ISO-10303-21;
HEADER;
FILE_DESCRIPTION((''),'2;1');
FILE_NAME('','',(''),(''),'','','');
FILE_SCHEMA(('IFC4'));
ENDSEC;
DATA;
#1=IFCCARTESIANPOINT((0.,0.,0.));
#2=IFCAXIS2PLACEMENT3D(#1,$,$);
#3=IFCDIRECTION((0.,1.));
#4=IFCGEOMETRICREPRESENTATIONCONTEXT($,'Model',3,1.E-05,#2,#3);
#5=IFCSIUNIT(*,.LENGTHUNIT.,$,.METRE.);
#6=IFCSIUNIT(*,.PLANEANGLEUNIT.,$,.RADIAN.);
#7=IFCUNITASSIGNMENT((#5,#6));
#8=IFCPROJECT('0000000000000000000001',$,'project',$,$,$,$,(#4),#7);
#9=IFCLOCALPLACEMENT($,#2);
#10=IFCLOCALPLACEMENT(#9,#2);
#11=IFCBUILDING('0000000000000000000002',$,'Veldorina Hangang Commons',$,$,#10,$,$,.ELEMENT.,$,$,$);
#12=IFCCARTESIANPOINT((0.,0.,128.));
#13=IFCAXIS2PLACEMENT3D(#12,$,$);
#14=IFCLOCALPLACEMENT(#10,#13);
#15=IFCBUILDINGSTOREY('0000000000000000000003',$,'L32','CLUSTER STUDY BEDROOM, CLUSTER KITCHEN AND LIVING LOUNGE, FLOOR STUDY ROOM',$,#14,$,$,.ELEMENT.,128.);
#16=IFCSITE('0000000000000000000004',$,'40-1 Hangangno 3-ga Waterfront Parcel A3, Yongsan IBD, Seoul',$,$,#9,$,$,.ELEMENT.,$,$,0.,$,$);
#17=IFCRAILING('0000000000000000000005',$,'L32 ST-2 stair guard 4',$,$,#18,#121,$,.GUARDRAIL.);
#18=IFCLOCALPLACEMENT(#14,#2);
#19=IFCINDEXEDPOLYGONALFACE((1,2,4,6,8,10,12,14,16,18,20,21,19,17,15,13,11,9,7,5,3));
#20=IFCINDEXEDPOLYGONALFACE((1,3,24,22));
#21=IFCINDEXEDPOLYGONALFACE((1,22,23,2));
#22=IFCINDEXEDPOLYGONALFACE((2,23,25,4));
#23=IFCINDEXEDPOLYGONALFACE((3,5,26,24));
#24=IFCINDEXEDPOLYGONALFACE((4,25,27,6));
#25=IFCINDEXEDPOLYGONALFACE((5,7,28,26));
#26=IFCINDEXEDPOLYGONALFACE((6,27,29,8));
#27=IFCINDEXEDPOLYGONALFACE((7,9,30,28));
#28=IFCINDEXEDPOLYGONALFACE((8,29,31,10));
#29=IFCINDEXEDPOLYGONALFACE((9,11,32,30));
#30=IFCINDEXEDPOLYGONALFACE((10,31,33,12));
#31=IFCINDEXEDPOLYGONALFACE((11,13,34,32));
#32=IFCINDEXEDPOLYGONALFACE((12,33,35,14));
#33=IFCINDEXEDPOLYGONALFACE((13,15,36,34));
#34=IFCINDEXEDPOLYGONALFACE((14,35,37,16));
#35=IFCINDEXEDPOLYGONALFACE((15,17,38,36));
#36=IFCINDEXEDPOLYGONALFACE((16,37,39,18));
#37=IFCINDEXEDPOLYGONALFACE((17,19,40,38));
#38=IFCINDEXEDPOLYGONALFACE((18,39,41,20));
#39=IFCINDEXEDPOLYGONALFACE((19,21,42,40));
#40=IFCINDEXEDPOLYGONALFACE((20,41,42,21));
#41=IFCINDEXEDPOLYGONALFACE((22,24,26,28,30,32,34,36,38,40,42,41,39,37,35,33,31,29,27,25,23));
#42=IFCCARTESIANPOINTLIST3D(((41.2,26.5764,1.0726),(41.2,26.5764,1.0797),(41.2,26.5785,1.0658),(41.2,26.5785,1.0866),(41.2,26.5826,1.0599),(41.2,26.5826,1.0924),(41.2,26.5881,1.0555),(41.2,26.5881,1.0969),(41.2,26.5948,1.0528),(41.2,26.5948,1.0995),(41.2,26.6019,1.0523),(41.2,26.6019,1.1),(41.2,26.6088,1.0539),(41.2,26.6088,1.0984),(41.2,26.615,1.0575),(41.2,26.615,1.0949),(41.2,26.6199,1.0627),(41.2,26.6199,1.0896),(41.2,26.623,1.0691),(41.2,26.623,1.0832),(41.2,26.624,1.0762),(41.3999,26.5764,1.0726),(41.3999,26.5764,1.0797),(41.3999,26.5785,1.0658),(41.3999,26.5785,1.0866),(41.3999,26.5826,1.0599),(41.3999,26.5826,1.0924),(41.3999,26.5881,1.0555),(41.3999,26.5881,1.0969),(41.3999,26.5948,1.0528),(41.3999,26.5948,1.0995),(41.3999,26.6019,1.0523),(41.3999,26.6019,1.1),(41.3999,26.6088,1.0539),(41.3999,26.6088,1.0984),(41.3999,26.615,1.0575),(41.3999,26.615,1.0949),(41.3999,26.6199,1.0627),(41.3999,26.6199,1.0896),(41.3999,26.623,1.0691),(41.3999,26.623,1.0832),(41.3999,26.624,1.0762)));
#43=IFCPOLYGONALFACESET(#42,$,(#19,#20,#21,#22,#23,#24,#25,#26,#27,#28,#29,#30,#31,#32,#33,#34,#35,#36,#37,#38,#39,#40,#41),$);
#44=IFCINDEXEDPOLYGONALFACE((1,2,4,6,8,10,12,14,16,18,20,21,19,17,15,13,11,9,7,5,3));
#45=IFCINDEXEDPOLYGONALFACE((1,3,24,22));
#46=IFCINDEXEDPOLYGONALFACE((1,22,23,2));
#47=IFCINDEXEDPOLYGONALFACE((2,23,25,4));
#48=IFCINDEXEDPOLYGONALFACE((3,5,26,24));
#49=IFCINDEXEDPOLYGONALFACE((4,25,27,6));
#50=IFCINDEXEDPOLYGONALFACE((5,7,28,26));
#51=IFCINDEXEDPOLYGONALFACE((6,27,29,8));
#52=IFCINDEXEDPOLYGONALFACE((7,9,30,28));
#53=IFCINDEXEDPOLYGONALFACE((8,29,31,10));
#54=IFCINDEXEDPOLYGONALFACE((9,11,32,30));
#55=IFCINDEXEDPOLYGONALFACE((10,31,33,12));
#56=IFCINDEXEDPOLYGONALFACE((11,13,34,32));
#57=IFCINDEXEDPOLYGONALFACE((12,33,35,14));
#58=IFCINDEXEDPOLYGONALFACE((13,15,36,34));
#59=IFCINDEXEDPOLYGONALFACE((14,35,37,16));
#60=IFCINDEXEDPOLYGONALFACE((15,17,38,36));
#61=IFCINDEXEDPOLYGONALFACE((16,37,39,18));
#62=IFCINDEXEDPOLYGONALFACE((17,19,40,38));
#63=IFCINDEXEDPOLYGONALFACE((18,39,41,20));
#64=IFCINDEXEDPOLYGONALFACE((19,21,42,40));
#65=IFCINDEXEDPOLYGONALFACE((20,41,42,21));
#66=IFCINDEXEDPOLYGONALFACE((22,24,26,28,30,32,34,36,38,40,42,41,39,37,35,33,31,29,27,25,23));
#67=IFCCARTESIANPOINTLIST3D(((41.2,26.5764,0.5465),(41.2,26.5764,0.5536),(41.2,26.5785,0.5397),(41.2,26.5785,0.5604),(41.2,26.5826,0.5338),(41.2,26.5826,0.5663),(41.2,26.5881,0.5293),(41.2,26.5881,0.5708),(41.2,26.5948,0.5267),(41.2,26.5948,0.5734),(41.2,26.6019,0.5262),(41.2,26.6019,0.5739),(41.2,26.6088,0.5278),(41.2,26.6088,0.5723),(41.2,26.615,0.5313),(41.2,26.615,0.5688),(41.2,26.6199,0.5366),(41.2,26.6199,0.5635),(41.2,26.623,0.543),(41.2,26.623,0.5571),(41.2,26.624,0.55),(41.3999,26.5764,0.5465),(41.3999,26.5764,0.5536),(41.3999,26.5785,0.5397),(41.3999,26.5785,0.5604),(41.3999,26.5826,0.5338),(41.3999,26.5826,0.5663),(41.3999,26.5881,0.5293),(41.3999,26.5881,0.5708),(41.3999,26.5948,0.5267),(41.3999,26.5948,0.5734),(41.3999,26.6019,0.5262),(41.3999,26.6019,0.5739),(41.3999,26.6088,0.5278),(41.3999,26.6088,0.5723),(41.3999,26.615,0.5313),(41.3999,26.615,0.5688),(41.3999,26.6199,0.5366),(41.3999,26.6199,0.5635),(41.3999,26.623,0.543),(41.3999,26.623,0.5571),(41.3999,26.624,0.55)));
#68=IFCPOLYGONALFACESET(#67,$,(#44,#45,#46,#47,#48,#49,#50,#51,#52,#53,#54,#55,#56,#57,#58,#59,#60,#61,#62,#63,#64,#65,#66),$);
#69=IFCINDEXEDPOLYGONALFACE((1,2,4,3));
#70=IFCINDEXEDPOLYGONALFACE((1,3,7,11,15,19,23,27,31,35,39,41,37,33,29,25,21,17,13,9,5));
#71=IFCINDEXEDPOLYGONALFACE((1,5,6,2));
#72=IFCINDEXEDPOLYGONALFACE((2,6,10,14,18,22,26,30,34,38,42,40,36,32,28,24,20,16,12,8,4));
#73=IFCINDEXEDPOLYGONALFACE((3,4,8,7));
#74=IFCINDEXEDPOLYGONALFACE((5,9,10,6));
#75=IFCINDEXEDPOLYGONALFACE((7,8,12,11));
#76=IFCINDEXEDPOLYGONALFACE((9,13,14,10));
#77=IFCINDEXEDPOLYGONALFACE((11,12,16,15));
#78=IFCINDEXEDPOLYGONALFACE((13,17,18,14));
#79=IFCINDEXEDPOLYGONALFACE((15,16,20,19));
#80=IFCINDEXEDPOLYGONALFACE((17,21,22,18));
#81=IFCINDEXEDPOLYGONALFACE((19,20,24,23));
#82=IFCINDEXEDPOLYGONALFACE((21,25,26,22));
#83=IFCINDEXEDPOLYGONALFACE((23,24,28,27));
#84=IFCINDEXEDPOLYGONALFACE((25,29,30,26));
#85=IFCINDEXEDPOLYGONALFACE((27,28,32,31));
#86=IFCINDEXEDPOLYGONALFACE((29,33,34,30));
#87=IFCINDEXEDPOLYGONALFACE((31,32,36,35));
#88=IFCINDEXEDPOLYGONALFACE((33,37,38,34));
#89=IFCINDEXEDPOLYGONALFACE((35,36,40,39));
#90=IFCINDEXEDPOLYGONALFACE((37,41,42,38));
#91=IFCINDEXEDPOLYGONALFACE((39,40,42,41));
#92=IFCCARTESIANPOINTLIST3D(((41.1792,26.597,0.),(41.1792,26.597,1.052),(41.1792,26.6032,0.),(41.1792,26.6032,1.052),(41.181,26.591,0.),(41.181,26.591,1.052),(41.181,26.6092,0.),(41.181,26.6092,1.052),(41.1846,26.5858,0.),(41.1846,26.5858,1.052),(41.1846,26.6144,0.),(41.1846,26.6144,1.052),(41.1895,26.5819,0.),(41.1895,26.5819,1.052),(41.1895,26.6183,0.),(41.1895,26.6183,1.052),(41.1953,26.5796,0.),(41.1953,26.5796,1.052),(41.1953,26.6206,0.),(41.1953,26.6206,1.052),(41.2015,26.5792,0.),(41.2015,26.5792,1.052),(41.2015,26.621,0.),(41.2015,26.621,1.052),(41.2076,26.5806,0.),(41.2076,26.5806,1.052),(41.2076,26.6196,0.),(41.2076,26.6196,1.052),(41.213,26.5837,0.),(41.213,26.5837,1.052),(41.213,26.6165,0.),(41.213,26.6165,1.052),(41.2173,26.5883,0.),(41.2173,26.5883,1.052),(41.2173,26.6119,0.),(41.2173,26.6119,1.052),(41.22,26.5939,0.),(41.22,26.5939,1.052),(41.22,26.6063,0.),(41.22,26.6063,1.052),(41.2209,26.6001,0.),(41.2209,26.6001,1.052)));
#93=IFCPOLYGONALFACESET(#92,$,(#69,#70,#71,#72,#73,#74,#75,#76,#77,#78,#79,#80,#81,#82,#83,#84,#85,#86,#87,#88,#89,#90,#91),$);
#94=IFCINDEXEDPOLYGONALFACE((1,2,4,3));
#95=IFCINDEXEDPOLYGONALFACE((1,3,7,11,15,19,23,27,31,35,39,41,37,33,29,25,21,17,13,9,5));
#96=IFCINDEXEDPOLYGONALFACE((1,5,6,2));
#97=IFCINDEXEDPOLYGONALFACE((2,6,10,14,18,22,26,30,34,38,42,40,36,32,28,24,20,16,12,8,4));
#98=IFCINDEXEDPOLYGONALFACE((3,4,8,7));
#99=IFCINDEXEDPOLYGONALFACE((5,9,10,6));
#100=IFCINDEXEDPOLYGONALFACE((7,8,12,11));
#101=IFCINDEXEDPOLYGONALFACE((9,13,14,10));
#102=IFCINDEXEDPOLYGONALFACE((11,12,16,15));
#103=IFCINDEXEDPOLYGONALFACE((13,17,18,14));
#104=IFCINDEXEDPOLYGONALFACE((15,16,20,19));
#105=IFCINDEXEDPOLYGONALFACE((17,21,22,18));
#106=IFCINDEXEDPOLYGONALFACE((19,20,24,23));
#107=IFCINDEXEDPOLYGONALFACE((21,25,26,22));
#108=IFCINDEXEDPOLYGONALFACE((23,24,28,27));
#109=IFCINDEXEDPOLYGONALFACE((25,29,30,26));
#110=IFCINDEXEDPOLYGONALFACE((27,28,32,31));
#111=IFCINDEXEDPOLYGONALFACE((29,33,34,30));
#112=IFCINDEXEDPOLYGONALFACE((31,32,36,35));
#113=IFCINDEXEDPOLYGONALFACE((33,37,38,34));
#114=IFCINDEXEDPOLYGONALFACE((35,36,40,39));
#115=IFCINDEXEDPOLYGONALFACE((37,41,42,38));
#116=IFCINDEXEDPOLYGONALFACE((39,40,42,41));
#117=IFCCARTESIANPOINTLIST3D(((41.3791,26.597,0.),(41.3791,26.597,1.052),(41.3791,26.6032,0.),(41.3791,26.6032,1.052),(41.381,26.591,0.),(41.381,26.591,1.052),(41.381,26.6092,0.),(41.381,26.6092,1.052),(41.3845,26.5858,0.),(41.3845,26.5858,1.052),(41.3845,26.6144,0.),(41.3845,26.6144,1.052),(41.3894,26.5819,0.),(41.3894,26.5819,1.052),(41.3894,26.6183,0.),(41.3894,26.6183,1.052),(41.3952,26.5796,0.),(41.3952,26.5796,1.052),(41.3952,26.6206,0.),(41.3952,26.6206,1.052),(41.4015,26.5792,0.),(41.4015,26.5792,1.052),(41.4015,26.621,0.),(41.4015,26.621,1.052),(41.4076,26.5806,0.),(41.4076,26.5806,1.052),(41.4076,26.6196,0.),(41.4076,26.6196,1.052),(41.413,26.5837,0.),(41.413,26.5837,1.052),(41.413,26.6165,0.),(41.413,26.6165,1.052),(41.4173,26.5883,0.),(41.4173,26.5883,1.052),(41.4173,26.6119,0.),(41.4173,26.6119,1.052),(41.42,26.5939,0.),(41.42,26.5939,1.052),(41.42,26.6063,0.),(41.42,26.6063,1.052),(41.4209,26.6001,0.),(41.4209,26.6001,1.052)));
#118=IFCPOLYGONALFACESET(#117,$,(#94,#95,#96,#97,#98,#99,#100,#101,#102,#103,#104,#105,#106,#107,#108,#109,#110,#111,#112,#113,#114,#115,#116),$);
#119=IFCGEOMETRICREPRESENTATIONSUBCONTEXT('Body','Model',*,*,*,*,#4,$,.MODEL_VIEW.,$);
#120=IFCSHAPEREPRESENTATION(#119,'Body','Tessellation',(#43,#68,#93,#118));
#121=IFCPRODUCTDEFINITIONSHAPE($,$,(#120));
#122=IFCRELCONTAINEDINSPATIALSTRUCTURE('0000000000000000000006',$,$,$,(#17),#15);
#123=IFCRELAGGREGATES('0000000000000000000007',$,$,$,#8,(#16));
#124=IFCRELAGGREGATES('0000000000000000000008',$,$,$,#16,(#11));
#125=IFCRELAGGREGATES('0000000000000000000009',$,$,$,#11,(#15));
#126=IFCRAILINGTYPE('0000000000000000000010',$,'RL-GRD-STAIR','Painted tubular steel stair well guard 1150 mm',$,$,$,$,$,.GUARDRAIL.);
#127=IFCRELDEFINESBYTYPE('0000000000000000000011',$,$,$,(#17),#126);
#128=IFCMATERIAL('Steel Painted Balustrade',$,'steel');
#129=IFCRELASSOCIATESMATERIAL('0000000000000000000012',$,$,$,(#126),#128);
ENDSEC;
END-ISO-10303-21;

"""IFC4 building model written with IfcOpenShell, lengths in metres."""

from ifc_helpers import new_model, si_unit, direction, frame, origin, origin_2d, place, context, subcontext, project, spatial, circle, extrude, material, type_object, element, save


model = new_model("IFC4")

# Units and contexts
model_context = context("Model", 3, precision=1e-05, world=origin(), true_north=direction((0.0, 1.0)))
body_context = subcontext(model_context, "Body", "Model", "MODEL_VIEW")
ifc_project = project(units=[si_unit("LENGTHUNIT", "METRE"), si_unit("PLANEANGLEUNIT", "RADIAN")], contexts=[model_context])

# Site, building, storey
site_placement = place(None, origin())
site = spatial("IfcSite", under=ifc_project, at=site_placement, Name="40-1 Hangangno 3-ga Waterfront Parcel A3, Yongsan IBD, Seoul", CompositionType="ELEMENT", RefElevation=0.0)
building_placement = place(site_placement, origin())
building = spatial("IfcBuilding", under=site, at=building_placement, Name="Veldorina Hangang Commons", CompositionType="ELEMENT")
storey_placement = place(building_placement, frame((0.0, 0.0, 128.0)))
storey = spatial("IfcBuildingStorey", under=building, at=storey_placement, Name="L32", Description="CLUSTER STUDY BEDROOM, CLUSTER KITCHEN AND LIVING LOUNGE, FLOOR STUDY ROOM", CompositionType="ELEMENT", Elevation=128.0)

# Railing
ifc_material_1 = material(Name="Steel Painted Balustrade", Category="steel")
railing_type_1 = type_object("IfcRailingType", Name="RL-GRD-STAIR", Description="Painted tubular steel stair well guard 1150 mm", PredefinedType="GUARDRAIL", material=ifc_material_1)
railing_1_placement = place(storey_placement, frame((41.2, 26.6001, 0.0)))
element("IfcRailing", 1, at=railing_1_placement, inside=storey, type_object=railing_type_1, Name="L32 ST-2 stair guard 4", PredefinedType="GUARDRAIL", context=body_context, shape_type="SweptSolid", body=[
    extrude(circle(Radius=0.0239, at=origin_2d()), frame((0.0, 0.0, 1.0762), z_axis=(1.0, 0.0, 0.0), x_axis=(0.0, 1.0, 0.0)), (0.0, 0.0, 1.0), 0.2),
    extrude(circle(Radius=0.0239, at=origin_2d()), frame((0.0, 0.0, 0.55), z_axis=(1.0, 0.0, 0.0), x_axis=(0.0, 1.0, 0.0)), (0.0, 0.0, 1.0), 0.2),
    extrude(circle(Radius=0.021, at=origin_2d()), origin(), (0.0, 0.0, 1.0), 1.052),
    extrude(circle(Radius=0.021, at=origin_2d()), frame((0.2, 0.0, 0.0)), (0.0, 0.0, 1.0), 1.052),
])

save(model, "model.ifc")
